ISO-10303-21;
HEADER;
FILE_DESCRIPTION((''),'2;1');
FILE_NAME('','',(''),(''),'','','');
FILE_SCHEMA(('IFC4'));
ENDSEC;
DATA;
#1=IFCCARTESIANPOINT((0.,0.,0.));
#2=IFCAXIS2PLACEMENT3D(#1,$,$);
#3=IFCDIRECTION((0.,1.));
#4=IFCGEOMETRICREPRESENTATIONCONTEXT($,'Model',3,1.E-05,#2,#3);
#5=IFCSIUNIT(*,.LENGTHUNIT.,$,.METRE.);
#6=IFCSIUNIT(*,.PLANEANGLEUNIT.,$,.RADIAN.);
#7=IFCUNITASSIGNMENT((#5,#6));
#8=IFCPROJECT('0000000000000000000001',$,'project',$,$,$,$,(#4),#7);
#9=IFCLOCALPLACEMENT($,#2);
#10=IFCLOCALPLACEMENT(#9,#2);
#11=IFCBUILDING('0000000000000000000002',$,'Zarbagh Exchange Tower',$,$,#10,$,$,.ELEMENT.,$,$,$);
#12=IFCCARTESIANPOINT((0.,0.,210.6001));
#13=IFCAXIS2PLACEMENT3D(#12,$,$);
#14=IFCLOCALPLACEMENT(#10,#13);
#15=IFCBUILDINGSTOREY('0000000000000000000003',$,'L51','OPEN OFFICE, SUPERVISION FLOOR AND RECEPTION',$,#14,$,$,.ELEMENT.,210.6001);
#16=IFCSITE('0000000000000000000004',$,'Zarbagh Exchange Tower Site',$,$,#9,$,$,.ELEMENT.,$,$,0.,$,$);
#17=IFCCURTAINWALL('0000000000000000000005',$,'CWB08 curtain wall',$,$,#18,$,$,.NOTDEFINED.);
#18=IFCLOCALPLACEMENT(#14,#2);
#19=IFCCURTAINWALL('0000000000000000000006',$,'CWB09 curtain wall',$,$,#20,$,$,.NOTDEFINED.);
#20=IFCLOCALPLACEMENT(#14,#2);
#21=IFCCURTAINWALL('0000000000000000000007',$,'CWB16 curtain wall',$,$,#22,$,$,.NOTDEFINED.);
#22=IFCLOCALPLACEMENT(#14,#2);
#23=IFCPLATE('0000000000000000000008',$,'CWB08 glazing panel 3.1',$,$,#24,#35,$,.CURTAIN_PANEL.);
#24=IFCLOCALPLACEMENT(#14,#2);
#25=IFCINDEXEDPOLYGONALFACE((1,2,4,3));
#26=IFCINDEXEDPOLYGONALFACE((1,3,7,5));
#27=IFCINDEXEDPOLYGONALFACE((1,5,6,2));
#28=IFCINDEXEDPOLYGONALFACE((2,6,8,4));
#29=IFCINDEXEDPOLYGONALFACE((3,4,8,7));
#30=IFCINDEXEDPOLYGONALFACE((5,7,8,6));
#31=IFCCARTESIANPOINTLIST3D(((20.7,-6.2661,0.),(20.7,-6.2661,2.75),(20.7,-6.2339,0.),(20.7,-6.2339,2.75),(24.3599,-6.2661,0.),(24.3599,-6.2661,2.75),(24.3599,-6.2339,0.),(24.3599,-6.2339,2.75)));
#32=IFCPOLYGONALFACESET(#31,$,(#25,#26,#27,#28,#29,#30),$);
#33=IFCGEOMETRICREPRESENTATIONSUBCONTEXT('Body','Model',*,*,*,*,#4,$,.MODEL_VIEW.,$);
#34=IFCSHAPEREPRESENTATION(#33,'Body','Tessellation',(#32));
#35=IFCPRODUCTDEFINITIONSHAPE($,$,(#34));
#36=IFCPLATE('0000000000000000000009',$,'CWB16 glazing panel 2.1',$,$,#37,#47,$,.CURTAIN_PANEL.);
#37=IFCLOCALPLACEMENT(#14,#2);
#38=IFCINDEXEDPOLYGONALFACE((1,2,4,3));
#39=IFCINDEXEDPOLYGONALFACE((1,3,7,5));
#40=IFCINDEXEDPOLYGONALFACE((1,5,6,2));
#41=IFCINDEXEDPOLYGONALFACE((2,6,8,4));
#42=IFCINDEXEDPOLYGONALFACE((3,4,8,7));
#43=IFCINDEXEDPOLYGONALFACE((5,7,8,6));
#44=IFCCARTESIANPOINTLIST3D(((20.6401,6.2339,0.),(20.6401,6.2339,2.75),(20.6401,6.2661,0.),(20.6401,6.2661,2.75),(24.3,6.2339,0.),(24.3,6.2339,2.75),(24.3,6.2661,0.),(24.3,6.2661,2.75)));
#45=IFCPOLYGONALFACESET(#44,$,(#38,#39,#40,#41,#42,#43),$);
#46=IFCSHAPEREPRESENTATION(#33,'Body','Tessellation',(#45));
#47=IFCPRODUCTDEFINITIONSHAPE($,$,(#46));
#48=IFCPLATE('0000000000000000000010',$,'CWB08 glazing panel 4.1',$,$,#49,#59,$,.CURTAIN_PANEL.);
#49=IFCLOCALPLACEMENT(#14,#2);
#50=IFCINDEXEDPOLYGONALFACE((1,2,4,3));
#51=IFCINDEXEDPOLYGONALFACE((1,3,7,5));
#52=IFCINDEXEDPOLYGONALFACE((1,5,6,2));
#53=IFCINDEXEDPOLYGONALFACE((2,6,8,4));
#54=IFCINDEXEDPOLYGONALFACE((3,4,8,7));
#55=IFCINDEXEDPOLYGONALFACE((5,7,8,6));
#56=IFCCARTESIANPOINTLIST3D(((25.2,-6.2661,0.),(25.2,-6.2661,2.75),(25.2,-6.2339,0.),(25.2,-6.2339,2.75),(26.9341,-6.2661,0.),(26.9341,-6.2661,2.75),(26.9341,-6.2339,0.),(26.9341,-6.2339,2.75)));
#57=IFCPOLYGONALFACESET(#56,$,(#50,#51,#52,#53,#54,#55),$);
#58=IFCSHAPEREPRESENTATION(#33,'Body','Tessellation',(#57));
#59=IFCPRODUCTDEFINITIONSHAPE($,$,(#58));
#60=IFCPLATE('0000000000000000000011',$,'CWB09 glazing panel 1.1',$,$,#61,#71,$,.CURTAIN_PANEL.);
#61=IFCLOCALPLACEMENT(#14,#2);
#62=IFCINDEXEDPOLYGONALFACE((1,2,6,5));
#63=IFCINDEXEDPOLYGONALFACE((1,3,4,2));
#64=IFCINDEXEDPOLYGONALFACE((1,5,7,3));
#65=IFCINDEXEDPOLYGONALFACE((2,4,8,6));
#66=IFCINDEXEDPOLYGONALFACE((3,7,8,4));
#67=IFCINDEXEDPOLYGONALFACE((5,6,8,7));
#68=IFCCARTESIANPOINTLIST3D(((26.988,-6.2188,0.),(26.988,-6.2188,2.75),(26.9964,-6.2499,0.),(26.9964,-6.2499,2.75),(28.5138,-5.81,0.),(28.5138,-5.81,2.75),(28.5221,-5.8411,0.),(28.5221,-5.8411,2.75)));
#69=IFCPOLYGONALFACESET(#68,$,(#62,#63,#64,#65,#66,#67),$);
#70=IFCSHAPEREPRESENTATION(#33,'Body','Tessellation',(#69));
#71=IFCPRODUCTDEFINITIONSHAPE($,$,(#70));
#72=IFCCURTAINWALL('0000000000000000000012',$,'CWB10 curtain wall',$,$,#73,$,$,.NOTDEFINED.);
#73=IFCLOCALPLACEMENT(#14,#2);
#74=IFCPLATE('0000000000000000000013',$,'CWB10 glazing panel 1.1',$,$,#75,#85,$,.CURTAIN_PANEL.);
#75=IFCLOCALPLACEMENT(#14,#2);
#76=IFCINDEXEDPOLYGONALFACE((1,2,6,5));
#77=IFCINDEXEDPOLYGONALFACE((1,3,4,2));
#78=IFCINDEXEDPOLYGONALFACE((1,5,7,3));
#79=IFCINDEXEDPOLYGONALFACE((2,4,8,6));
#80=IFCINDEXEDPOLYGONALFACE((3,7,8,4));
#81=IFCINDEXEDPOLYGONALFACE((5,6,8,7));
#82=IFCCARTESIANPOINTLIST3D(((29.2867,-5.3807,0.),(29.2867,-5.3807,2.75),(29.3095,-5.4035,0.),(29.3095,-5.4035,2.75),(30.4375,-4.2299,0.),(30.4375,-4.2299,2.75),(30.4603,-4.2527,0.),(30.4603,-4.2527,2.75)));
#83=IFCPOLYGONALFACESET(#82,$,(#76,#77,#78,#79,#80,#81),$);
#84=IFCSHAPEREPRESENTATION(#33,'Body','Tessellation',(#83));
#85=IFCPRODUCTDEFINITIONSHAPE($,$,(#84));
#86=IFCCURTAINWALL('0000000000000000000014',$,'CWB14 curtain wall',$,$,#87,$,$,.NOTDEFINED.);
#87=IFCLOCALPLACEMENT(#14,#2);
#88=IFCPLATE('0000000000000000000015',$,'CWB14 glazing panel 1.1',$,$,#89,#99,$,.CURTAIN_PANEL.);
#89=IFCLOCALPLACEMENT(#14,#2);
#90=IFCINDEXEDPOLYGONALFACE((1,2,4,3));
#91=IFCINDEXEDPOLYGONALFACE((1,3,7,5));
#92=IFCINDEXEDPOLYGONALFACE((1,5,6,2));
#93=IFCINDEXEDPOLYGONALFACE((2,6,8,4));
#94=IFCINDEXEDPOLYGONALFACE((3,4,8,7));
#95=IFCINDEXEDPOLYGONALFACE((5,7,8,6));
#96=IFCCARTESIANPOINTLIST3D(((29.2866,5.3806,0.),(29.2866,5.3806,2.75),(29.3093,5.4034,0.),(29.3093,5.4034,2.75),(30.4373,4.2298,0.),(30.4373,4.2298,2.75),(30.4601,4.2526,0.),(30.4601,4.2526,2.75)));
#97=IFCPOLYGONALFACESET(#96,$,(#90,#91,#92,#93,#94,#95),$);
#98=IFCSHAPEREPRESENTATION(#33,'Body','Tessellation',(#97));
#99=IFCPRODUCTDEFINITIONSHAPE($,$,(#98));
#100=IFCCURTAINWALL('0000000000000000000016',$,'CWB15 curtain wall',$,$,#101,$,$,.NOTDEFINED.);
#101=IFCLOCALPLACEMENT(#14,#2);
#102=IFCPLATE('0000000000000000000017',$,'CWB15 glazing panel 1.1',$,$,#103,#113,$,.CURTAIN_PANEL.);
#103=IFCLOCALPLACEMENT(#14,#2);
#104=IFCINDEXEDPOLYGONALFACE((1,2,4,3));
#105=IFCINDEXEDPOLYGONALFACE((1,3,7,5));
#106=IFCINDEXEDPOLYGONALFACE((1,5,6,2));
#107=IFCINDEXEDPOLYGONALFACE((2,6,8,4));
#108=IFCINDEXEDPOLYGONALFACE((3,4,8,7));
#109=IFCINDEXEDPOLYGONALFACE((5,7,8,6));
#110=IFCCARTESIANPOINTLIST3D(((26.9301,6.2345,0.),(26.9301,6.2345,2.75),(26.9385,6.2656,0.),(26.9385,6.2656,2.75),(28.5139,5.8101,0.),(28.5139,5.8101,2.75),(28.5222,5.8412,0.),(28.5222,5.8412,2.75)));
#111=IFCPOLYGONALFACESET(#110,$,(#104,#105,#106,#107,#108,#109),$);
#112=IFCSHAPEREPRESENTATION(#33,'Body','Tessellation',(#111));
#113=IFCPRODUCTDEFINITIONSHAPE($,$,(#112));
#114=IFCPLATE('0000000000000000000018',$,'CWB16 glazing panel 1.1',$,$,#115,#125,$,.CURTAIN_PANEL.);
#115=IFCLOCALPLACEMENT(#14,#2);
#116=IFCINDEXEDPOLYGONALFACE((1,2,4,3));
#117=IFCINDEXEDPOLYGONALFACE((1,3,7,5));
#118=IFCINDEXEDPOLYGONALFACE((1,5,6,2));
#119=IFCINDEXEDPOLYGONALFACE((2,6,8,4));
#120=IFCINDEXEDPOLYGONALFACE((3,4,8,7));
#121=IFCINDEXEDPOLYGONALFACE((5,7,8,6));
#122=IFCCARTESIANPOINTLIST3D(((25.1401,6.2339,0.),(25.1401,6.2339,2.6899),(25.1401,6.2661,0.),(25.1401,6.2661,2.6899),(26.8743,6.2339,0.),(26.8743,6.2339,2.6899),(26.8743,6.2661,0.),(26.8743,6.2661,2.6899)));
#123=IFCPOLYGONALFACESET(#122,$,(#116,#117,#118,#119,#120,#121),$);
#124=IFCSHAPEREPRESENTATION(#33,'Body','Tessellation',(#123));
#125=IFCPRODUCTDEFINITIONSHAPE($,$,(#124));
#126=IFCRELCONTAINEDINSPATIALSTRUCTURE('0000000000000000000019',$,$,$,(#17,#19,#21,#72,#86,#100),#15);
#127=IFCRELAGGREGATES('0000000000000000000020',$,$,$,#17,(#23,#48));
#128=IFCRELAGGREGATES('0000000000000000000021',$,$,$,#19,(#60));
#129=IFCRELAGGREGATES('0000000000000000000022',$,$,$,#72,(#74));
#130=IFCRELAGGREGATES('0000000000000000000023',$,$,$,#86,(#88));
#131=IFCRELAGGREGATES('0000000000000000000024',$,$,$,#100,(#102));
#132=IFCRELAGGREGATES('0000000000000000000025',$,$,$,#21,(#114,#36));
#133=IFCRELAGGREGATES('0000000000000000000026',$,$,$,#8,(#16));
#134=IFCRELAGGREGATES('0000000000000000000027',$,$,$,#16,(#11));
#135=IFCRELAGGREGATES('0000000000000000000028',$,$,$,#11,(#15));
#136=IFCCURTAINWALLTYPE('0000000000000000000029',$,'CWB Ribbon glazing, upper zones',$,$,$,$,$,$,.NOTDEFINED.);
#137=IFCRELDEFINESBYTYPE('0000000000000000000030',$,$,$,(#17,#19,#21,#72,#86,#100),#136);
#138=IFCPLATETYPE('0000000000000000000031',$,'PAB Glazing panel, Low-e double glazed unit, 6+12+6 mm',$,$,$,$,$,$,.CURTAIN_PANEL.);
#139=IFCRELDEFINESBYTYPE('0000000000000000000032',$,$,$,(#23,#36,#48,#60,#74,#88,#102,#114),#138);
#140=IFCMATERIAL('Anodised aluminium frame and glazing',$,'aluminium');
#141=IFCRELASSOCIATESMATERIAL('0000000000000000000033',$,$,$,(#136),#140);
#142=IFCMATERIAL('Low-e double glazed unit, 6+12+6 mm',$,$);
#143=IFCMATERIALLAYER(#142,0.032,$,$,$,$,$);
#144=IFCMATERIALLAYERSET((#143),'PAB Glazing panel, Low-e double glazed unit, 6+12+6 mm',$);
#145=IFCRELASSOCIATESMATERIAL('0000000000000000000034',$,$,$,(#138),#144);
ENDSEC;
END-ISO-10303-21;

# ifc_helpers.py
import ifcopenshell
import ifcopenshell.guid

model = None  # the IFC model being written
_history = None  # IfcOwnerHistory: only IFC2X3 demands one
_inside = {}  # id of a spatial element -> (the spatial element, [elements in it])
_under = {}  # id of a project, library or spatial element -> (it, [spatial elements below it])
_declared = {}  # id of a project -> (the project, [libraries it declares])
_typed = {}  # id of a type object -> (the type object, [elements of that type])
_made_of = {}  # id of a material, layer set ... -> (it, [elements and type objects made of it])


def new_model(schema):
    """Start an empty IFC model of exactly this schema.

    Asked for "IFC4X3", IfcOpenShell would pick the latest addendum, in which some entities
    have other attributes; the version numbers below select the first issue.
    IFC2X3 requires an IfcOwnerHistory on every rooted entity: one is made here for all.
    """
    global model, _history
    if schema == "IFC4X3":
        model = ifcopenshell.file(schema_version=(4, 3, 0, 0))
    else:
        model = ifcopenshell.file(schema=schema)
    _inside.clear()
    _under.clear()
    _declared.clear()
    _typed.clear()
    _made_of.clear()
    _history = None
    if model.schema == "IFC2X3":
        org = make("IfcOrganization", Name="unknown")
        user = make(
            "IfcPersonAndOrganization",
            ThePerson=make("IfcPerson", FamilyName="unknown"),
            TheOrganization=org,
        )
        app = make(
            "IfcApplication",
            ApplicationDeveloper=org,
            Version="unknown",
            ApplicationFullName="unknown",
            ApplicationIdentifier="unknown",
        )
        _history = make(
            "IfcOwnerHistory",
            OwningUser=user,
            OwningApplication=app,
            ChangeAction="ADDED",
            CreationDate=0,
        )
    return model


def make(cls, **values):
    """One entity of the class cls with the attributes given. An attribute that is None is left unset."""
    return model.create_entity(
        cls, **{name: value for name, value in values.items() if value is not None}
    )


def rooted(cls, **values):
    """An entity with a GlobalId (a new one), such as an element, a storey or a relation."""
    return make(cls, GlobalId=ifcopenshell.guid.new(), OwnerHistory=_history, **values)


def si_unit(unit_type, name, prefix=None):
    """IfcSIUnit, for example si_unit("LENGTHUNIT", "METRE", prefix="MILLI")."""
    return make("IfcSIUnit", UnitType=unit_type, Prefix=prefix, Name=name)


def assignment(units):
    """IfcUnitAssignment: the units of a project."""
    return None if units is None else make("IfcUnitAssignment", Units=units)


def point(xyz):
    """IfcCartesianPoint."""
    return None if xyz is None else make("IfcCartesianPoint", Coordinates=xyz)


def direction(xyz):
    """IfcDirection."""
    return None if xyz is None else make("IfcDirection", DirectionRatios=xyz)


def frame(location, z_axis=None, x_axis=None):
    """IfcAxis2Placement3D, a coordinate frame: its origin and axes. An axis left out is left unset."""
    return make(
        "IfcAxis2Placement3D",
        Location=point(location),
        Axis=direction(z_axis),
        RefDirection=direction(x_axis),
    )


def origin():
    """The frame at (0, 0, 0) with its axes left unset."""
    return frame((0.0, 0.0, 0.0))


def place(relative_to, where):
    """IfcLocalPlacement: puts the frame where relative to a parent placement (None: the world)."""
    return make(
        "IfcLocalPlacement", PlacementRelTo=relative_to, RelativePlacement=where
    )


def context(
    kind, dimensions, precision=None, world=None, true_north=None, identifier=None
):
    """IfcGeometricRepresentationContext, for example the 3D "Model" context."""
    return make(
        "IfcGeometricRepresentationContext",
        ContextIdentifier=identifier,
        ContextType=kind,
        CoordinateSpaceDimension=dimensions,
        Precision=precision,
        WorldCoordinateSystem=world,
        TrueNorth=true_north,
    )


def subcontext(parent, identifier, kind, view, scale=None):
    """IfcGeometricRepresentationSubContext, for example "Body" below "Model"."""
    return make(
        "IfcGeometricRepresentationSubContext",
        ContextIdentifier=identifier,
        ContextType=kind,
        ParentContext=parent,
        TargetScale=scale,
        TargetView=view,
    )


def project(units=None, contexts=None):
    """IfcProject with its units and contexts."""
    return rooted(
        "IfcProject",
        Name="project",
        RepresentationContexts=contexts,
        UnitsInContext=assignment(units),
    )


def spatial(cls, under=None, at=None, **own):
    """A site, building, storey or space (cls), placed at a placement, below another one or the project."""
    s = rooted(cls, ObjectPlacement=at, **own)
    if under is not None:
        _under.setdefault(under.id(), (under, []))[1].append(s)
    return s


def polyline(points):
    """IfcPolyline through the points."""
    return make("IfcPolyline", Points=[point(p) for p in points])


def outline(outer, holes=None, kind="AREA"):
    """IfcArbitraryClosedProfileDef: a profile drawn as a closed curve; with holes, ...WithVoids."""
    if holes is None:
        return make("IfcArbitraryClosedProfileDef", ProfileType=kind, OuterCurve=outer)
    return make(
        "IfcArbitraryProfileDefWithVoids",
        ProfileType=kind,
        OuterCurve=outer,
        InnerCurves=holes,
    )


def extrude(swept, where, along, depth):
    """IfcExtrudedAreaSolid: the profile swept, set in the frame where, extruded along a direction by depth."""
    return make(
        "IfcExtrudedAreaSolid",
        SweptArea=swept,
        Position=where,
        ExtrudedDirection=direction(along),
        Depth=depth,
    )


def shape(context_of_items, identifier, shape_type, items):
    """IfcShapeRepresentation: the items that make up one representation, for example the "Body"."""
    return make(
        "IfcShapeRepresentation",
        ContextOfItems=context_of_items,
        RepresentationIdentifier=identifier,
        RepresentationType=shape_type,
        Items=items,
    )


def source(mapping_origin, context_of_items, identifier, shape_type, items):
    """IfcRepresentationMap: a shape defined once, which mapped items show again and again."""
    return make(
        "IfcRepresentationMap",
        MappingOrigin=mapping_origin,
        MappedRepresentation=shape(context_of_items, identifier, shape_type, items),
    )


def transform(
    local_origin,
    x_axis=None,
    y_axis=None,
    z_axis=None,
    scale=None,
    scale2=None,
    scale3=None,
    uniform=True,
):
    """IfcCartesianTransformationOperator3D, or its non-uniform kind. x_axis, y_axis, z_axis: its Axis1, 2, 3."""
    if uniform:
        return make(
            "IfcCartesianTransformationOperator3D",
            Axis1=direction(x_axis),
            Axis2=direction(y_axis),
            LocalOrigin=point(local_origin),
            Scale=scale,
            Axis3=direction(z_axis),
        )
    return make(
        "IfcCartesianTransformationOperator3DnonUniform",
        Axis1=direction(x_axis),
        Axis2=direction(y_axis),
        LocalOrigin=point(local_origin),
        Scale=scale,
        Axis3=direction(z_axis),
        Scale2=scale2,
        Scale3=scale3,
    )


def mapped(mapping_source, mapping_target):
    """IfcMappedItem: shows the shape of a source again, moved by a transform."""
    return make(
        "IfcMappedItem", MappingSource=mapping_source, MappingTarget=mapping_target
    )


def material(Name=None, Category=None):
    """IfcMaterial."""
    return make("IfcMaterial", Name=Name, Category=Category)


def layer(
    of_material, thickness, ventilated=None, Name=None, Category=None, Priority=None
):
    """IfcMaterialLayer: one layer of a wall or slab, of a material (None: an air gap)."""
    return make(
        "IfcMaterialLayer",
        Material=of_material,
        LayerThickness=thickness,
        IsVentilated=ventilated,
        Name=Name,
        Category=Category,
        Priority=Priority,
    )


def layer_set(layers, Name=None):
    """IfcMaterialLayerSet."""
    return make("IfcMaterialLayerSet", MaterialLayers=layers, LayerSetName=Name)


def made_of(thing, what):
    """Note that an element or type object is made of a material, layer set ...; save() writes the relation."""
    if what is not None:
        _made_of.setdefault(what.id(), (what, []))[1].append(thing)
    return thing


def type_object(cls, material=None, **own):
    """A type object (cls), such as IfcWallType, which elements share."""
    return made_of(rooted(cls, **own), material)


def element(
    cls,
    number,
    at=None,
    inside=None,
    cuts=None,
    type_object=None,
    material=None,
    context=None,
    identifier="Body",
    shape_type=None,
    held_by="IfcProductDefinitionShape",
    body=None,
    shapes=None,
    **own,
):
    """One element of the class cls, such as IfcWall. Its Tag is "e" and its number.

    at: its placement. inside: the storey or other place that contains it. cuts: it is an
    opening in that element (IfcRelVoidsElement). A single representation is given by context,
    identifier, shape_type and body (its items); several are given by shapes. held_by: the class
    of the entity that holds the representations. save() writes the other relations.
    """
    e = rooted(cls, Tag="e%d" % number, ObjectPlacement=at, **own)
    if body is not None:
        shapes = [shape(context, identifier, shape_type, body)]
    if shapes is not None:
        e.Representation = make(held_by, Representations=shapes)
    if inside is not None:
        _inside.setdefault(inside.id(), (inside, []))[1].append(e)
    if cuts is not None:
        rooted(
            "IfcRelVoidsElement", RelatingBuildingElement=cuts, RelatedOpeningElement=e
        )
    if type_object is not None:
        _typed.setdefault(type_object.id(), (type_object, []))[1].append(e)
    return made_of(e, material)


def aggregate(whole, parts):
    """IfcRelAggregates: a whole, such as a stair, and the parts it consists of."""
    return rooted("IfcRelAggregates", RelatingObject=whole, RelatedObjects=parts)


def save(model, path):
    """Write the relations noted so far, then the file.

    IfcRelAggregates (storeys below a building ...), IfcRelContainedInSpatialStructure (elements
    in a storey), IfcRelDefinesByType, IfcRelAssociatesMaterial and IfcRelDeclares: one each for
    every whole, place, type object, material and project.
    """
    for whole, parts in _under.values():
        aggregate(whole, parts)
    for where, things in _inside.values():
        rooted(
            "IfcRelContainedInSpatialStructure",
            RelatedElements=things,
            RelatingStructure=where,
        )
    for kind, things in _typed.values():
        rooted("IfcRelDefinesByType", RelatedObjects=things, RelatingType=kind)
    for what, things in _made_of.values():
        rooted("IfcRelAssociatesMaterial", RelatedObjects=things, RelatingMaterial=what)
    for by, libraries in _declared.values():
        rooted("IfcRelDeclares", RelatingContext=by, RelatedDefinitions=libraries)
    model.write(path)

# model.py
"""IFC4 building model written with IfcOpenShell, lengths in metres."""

from ifc_helpers import new_model, si_unit, direction, frame, origin, place, context, subcontext, project, spatial, polyline, outline, extrude, source, transform, mapped, material, layer, layer_set, type_object, element, aggregate, save


model = new_model("IFC4")

# Units and contexts
model_context = context("Model", 3, precision=1e-05, world=origin(), true_north=direction((0.0, 1.0)))
body_context = subcontext(model_context, "Body", "Model", "MODEL_VIEW")
ifc_project = project(units=[si_unit("LENGTHUNIT", "METRE"), si_unit("PLANEANGLEUNIT", "RADIAN")], contexts=[model_context])

# Site, building, storey
site_placement = place(None, origin())
site = spatial("IfcSite", under=ifc_project, at=site_placement, Name="Zarbagh Exchange Tower Site", CompositionType="ELEMENT", RefElevation=0.0)
building_placement = place(site_placement, origin())
building = spatial("IfcBuilding", under=site, at=building_placement, Name="Zarbagh Exchange Tower", CompositionType="ELEMENT")
storey_placement = place(building_placement, frame((0.0, 0.0, 210.6001)))
storey = spatial("IfcBuildingStorey", under=building, at=storey_placement, Name="L51", Description="OPEN OFFICE, SUPERVISION FLOOR AND RECEPTION", CompositionType="ELEMENT", Elevation=210.6001)

# Curtain wall
ifc_material_1 = material(Name="Anodised aluminium frame and glazing", Category="aluminium")
curtain_wall_type = type_object("IfcCurtainWallType", Name="CWB Ribbon glazing, upper zones", PredefinedType="NOTDEFINED", material=ifc_material_1)
curtain_wall_1_placement = place(storey_placement, origin())
curtain_wall_1 = element("IfcCurtainWall", 1, at=curtain_wall_1_placement, inside=storey, type_object=curtain_wall_type, Name="CWB08 curtain wall", PredefinedType="NOTDEFINED")
placement = place(storey_placement, origin())

# Curtain wall
curtain_wall_2_placement = place(storey_placement, origin())
curtain_wall_2 = element("IfcCurtainWall", 2, at=curtain_wall_2_placement, inside=storey, type_object=curtain_wall_type, Name="CWB09 curtain wall", PredefinedType="NOTDEFINED")

# Curtain wall
curtain_wall_3_placement = place(storey_placement, origin())
curtain_wall_3 = element("IfcCurtainWall", 3, at=curtain_wall_3_placement, inside=storey, type_object=curtain_wall_type, Name="CWB16 curtain wall", PredefinedType="NOTDEFINED")

# Shared definitions
ifc_material_2 = material(Name="Low-e double glazed unit, 6+12+6 mm")
ifc_layer = layer(ifc_material_2, 0.032)
ifc_layer_set = layer_set([ifc_layer], Name="PAB Glazing panel, Low-e double glazed unit, 6+12+6 mm")
plate_type = type_object("IfcPlateType", Name="PAB Glazing panel, Low-e double glazed unit, 6+12+6 mm", PredefinedType="CURTAIN_PANEL", material=ifc_layer_set)

# Plates
shared_shape_1 = source(origin(), body_context, "Body", "SweptSolid", [
    extrude(outline(polyline([(0.0, -0.0161), (3.6599, -0.0161), (3.6599, 0.0161), (0.0, 0.0161), (0.0, -0.0161)])), origin(), (0.0, 0.0, 1.0), 2.75),
])
plate_1 = element("IfcPlate", 4, at=placement, type_object=plate_type, Name="CWB08 glazing panel 3.1", PredefinedType="CURTAIN_PANEL", context=body_context, shape_type="MappedRepresentation", body=[
    mapped(shared_shape_1, transform((20.7, -6.25, 0.0), x_axis=(1.0, 0.0, 0.0), y_axis=(0.0, 1.0, 0.0), z_axis=(0.0, 0.0, 1.0))),
])
plate_2 = element("IfcPlate", 5, at=placement, type_object=plate_type, Name="CWB16 glazing panel 2.1", PredefinedType="CURTAIN_PANEL", context=body_context, shape_type="MappedRepresentation", body=[
    mapped(shared_shape_1, transform((24.3, 6.25, 0.0), x_axis=(-1.0, 0.0, 0.0), y_axis=(0.0, -1.0, 0.0), z_axis=(0.0, 0.0, 1.0))),
])
shared_shape_2 = source(origin(), body_context, "Body", "SweptSolid", [
    extrude(outline(polyline([(0.0, -0.0161), (1.7341, -0.0161), (1.7341, 0.0161), (0.0, 0.0161), (0.0, -0.0161)])), origin(), (0.0, 0.0, 1.0), 2.75),
])
plate_3 = element("IfcPlate", 6, at=placement, type_object=plate_type, Name="CWB08 glazing panel 4.1", PredefinedType="CURTAIN_PANEL", context=body_context, shape_type="MappedRepresentation", body=[
    mapped(shared_shape_2, transform((25.2, -6.25, 0.0), x_axis=(1.0, 0.0, 0.0), y_axis=(0.0, 1.0, 0.0), z_axis=(0.0, 0.0, 1.0))),
])
aggregate(curtain_wall_1, [plate_1, plate_3])
shared_shape_3 = source(origin(), body_context, "Body", "SweptSolid", [
    extrude(outline(polyline([(0.0, -0.0161), (1.5796, -0.0161), (1.5796, 0.0161), (0.0, 0.0161), (0.0, -0.0161)])), origin(), (0.0, 0.0, 1.0), 2.75),
])
plate_4 = element("IfcPlate", 7, at=placement, type_object=plate_type, Name="CWB09 glazing panel 1.1", PredefinedType="CURTAIN_PANEL", context=body_context, shape_type="MappedRepresentation", body=[
    mapped(shared_shape_3, transform((26.9922, -6.2344, 0.0), x_axis=(0.965924, 0.258825, 0.0), y_axis=(-0.258825, 0.965924, 0.0), z_axis=(0.0, 0.0, 1.0))),
])
aggregate(curtain_wall_2, [plate_4])

# Curtain walls, plates
curtain_wall_4_placement = place(storey_placement, origin())
curtain_wall_4 = element("IfcCurtainWall", 8, at=curtain_wall_4_placement, inside=storey, type_object=curtain_wall_type, Name="CWB10 curtain wall", PredefinedType="NOTDEFINED")
shared_shape_4 = source(origin(), body_context, "Body", "SweptSolid", [
    extrude(outline(polyline([(0.0, -0.0161), (1.6274, -0.0161), (1.6274, 0.0161), (0.0, 0.0161), (0.0, -0.0161)])), origin(), (0.0, 0.0, 1.0), 2.75),
])
plate_5 = element("IfcPlate", 9, at=placement, type_object=plate_type, Name="CWB10 glazing panel 1.1", PredefinedType="CURTAIN_PANEL", context=body_context, shape_type="MappedRepresentation", body=[
    mapped(shared_shape_4, transform((29.2981, -5.3921, 0.0), x_axis=(0.707107, 0.707107, 0.0), y_axis=(-0.707107, 0.707107, 0.0), z_axis=(0.0, 0.0, 1.0))),
])
aggregate(curtain_wall_4, [plate_5])
curtain_wall_5_placement = place(storey_placement, origin())
curtain_wall_5 = element("IfcCurtainWall", 10, at=curtain_wall_5_placement, inside=storey, type_object=curtain_wall_type, Name="CWB14 curtain wall", PredefinedType="NOTDEFINED")
plate_6 = element("IfcPlate", 11, at=placement, type_object=plate_type, Name="CWB14 glazing panel 1.1", PredefinedType="CURTAIN_PANEL", context=body_context, shape_type="MappedRepresentation", body=[
    mapped(shared_shape_4, transform((30.4487, 4.2412, 0.0), x_axis=(-0.707107, 0.707107, 0.0), y_axis=(-0.707107, -0.707107, 0.0), z_axis=(0.0, 0.0, 1.0))),
])
aggregate(curtain_wall_5, [plate_6])
curtain_wall_6_placement = place(storey_placement, origin())
curtain_wall_6 = element("IfcCurtainWall", 12, at=curtain_wall_6_placement, inside=storey, type_object=curtain_wall_type, Name="CWB15 curtain wall", PredefinedType="NOTDEFINED")
shared_shape_5 = source(origin(), body_context, "Body", "SweptSolid", [
    extrude(outline(polyline([(0.0, -0.0161), (1.6396, -0.0161), (1.6396, 0.0161), (0.0, 0.0161), (0.0, -0.0161)])), origin(), (0.0, 0.0, 1.0), 2.75),
])
plate_7 = element("IfcPlate", 13, at=placement, type_object=plate_type, Name="CWB15 glazing panel 1.1", PredefinedType="CURTAIN_PANEL", context=body_context, shape_type="MappedRepresentation", body=[
    mapped(shared_shape_5, transform((28.5181, 5.8257, 0.0), x_axis=(-0.965924, 0.258825, 0.0), y_axis=(-0.258825, -0.965924, 0.0), z_axis=(0.0, 0.0, 1.0))),
])
aggregate(curtain_wall_6, [plate_7])

# Plate
shared_shape_6 = source(origin(), body_context, "Body", "SweptSolid", [
    extrude(outline(polyline([(0.0, -0.0161), (1.7341, -0.0161), (1.7341, 0.0161), (0.0, 0.0161), (0.0, -0.0161)])), origin(), (0.0, 0.0, 1.0), 2.6899),
])
plate_8 = element("IfcPlate", 14, at=placement, type_object=plate_type, Name="CWB16 glazing panel 1.1", PredefinedType="CURTAIN_PANEL", context=body_context, shape_type="MappedRepresentation", body=[
    mapped(shared_shape_6, transform((26.8743, 6.25, 0.0), x_axis=(-1.0, 0.0, 0.0), y_axis=(0.0, -1.0, 0.0), z_axis=(0.0, 0.0, 1.0))),
])
aggregate(curtain_wall_3, [plate_8, plate_2])

save(model, "model.ifc")
